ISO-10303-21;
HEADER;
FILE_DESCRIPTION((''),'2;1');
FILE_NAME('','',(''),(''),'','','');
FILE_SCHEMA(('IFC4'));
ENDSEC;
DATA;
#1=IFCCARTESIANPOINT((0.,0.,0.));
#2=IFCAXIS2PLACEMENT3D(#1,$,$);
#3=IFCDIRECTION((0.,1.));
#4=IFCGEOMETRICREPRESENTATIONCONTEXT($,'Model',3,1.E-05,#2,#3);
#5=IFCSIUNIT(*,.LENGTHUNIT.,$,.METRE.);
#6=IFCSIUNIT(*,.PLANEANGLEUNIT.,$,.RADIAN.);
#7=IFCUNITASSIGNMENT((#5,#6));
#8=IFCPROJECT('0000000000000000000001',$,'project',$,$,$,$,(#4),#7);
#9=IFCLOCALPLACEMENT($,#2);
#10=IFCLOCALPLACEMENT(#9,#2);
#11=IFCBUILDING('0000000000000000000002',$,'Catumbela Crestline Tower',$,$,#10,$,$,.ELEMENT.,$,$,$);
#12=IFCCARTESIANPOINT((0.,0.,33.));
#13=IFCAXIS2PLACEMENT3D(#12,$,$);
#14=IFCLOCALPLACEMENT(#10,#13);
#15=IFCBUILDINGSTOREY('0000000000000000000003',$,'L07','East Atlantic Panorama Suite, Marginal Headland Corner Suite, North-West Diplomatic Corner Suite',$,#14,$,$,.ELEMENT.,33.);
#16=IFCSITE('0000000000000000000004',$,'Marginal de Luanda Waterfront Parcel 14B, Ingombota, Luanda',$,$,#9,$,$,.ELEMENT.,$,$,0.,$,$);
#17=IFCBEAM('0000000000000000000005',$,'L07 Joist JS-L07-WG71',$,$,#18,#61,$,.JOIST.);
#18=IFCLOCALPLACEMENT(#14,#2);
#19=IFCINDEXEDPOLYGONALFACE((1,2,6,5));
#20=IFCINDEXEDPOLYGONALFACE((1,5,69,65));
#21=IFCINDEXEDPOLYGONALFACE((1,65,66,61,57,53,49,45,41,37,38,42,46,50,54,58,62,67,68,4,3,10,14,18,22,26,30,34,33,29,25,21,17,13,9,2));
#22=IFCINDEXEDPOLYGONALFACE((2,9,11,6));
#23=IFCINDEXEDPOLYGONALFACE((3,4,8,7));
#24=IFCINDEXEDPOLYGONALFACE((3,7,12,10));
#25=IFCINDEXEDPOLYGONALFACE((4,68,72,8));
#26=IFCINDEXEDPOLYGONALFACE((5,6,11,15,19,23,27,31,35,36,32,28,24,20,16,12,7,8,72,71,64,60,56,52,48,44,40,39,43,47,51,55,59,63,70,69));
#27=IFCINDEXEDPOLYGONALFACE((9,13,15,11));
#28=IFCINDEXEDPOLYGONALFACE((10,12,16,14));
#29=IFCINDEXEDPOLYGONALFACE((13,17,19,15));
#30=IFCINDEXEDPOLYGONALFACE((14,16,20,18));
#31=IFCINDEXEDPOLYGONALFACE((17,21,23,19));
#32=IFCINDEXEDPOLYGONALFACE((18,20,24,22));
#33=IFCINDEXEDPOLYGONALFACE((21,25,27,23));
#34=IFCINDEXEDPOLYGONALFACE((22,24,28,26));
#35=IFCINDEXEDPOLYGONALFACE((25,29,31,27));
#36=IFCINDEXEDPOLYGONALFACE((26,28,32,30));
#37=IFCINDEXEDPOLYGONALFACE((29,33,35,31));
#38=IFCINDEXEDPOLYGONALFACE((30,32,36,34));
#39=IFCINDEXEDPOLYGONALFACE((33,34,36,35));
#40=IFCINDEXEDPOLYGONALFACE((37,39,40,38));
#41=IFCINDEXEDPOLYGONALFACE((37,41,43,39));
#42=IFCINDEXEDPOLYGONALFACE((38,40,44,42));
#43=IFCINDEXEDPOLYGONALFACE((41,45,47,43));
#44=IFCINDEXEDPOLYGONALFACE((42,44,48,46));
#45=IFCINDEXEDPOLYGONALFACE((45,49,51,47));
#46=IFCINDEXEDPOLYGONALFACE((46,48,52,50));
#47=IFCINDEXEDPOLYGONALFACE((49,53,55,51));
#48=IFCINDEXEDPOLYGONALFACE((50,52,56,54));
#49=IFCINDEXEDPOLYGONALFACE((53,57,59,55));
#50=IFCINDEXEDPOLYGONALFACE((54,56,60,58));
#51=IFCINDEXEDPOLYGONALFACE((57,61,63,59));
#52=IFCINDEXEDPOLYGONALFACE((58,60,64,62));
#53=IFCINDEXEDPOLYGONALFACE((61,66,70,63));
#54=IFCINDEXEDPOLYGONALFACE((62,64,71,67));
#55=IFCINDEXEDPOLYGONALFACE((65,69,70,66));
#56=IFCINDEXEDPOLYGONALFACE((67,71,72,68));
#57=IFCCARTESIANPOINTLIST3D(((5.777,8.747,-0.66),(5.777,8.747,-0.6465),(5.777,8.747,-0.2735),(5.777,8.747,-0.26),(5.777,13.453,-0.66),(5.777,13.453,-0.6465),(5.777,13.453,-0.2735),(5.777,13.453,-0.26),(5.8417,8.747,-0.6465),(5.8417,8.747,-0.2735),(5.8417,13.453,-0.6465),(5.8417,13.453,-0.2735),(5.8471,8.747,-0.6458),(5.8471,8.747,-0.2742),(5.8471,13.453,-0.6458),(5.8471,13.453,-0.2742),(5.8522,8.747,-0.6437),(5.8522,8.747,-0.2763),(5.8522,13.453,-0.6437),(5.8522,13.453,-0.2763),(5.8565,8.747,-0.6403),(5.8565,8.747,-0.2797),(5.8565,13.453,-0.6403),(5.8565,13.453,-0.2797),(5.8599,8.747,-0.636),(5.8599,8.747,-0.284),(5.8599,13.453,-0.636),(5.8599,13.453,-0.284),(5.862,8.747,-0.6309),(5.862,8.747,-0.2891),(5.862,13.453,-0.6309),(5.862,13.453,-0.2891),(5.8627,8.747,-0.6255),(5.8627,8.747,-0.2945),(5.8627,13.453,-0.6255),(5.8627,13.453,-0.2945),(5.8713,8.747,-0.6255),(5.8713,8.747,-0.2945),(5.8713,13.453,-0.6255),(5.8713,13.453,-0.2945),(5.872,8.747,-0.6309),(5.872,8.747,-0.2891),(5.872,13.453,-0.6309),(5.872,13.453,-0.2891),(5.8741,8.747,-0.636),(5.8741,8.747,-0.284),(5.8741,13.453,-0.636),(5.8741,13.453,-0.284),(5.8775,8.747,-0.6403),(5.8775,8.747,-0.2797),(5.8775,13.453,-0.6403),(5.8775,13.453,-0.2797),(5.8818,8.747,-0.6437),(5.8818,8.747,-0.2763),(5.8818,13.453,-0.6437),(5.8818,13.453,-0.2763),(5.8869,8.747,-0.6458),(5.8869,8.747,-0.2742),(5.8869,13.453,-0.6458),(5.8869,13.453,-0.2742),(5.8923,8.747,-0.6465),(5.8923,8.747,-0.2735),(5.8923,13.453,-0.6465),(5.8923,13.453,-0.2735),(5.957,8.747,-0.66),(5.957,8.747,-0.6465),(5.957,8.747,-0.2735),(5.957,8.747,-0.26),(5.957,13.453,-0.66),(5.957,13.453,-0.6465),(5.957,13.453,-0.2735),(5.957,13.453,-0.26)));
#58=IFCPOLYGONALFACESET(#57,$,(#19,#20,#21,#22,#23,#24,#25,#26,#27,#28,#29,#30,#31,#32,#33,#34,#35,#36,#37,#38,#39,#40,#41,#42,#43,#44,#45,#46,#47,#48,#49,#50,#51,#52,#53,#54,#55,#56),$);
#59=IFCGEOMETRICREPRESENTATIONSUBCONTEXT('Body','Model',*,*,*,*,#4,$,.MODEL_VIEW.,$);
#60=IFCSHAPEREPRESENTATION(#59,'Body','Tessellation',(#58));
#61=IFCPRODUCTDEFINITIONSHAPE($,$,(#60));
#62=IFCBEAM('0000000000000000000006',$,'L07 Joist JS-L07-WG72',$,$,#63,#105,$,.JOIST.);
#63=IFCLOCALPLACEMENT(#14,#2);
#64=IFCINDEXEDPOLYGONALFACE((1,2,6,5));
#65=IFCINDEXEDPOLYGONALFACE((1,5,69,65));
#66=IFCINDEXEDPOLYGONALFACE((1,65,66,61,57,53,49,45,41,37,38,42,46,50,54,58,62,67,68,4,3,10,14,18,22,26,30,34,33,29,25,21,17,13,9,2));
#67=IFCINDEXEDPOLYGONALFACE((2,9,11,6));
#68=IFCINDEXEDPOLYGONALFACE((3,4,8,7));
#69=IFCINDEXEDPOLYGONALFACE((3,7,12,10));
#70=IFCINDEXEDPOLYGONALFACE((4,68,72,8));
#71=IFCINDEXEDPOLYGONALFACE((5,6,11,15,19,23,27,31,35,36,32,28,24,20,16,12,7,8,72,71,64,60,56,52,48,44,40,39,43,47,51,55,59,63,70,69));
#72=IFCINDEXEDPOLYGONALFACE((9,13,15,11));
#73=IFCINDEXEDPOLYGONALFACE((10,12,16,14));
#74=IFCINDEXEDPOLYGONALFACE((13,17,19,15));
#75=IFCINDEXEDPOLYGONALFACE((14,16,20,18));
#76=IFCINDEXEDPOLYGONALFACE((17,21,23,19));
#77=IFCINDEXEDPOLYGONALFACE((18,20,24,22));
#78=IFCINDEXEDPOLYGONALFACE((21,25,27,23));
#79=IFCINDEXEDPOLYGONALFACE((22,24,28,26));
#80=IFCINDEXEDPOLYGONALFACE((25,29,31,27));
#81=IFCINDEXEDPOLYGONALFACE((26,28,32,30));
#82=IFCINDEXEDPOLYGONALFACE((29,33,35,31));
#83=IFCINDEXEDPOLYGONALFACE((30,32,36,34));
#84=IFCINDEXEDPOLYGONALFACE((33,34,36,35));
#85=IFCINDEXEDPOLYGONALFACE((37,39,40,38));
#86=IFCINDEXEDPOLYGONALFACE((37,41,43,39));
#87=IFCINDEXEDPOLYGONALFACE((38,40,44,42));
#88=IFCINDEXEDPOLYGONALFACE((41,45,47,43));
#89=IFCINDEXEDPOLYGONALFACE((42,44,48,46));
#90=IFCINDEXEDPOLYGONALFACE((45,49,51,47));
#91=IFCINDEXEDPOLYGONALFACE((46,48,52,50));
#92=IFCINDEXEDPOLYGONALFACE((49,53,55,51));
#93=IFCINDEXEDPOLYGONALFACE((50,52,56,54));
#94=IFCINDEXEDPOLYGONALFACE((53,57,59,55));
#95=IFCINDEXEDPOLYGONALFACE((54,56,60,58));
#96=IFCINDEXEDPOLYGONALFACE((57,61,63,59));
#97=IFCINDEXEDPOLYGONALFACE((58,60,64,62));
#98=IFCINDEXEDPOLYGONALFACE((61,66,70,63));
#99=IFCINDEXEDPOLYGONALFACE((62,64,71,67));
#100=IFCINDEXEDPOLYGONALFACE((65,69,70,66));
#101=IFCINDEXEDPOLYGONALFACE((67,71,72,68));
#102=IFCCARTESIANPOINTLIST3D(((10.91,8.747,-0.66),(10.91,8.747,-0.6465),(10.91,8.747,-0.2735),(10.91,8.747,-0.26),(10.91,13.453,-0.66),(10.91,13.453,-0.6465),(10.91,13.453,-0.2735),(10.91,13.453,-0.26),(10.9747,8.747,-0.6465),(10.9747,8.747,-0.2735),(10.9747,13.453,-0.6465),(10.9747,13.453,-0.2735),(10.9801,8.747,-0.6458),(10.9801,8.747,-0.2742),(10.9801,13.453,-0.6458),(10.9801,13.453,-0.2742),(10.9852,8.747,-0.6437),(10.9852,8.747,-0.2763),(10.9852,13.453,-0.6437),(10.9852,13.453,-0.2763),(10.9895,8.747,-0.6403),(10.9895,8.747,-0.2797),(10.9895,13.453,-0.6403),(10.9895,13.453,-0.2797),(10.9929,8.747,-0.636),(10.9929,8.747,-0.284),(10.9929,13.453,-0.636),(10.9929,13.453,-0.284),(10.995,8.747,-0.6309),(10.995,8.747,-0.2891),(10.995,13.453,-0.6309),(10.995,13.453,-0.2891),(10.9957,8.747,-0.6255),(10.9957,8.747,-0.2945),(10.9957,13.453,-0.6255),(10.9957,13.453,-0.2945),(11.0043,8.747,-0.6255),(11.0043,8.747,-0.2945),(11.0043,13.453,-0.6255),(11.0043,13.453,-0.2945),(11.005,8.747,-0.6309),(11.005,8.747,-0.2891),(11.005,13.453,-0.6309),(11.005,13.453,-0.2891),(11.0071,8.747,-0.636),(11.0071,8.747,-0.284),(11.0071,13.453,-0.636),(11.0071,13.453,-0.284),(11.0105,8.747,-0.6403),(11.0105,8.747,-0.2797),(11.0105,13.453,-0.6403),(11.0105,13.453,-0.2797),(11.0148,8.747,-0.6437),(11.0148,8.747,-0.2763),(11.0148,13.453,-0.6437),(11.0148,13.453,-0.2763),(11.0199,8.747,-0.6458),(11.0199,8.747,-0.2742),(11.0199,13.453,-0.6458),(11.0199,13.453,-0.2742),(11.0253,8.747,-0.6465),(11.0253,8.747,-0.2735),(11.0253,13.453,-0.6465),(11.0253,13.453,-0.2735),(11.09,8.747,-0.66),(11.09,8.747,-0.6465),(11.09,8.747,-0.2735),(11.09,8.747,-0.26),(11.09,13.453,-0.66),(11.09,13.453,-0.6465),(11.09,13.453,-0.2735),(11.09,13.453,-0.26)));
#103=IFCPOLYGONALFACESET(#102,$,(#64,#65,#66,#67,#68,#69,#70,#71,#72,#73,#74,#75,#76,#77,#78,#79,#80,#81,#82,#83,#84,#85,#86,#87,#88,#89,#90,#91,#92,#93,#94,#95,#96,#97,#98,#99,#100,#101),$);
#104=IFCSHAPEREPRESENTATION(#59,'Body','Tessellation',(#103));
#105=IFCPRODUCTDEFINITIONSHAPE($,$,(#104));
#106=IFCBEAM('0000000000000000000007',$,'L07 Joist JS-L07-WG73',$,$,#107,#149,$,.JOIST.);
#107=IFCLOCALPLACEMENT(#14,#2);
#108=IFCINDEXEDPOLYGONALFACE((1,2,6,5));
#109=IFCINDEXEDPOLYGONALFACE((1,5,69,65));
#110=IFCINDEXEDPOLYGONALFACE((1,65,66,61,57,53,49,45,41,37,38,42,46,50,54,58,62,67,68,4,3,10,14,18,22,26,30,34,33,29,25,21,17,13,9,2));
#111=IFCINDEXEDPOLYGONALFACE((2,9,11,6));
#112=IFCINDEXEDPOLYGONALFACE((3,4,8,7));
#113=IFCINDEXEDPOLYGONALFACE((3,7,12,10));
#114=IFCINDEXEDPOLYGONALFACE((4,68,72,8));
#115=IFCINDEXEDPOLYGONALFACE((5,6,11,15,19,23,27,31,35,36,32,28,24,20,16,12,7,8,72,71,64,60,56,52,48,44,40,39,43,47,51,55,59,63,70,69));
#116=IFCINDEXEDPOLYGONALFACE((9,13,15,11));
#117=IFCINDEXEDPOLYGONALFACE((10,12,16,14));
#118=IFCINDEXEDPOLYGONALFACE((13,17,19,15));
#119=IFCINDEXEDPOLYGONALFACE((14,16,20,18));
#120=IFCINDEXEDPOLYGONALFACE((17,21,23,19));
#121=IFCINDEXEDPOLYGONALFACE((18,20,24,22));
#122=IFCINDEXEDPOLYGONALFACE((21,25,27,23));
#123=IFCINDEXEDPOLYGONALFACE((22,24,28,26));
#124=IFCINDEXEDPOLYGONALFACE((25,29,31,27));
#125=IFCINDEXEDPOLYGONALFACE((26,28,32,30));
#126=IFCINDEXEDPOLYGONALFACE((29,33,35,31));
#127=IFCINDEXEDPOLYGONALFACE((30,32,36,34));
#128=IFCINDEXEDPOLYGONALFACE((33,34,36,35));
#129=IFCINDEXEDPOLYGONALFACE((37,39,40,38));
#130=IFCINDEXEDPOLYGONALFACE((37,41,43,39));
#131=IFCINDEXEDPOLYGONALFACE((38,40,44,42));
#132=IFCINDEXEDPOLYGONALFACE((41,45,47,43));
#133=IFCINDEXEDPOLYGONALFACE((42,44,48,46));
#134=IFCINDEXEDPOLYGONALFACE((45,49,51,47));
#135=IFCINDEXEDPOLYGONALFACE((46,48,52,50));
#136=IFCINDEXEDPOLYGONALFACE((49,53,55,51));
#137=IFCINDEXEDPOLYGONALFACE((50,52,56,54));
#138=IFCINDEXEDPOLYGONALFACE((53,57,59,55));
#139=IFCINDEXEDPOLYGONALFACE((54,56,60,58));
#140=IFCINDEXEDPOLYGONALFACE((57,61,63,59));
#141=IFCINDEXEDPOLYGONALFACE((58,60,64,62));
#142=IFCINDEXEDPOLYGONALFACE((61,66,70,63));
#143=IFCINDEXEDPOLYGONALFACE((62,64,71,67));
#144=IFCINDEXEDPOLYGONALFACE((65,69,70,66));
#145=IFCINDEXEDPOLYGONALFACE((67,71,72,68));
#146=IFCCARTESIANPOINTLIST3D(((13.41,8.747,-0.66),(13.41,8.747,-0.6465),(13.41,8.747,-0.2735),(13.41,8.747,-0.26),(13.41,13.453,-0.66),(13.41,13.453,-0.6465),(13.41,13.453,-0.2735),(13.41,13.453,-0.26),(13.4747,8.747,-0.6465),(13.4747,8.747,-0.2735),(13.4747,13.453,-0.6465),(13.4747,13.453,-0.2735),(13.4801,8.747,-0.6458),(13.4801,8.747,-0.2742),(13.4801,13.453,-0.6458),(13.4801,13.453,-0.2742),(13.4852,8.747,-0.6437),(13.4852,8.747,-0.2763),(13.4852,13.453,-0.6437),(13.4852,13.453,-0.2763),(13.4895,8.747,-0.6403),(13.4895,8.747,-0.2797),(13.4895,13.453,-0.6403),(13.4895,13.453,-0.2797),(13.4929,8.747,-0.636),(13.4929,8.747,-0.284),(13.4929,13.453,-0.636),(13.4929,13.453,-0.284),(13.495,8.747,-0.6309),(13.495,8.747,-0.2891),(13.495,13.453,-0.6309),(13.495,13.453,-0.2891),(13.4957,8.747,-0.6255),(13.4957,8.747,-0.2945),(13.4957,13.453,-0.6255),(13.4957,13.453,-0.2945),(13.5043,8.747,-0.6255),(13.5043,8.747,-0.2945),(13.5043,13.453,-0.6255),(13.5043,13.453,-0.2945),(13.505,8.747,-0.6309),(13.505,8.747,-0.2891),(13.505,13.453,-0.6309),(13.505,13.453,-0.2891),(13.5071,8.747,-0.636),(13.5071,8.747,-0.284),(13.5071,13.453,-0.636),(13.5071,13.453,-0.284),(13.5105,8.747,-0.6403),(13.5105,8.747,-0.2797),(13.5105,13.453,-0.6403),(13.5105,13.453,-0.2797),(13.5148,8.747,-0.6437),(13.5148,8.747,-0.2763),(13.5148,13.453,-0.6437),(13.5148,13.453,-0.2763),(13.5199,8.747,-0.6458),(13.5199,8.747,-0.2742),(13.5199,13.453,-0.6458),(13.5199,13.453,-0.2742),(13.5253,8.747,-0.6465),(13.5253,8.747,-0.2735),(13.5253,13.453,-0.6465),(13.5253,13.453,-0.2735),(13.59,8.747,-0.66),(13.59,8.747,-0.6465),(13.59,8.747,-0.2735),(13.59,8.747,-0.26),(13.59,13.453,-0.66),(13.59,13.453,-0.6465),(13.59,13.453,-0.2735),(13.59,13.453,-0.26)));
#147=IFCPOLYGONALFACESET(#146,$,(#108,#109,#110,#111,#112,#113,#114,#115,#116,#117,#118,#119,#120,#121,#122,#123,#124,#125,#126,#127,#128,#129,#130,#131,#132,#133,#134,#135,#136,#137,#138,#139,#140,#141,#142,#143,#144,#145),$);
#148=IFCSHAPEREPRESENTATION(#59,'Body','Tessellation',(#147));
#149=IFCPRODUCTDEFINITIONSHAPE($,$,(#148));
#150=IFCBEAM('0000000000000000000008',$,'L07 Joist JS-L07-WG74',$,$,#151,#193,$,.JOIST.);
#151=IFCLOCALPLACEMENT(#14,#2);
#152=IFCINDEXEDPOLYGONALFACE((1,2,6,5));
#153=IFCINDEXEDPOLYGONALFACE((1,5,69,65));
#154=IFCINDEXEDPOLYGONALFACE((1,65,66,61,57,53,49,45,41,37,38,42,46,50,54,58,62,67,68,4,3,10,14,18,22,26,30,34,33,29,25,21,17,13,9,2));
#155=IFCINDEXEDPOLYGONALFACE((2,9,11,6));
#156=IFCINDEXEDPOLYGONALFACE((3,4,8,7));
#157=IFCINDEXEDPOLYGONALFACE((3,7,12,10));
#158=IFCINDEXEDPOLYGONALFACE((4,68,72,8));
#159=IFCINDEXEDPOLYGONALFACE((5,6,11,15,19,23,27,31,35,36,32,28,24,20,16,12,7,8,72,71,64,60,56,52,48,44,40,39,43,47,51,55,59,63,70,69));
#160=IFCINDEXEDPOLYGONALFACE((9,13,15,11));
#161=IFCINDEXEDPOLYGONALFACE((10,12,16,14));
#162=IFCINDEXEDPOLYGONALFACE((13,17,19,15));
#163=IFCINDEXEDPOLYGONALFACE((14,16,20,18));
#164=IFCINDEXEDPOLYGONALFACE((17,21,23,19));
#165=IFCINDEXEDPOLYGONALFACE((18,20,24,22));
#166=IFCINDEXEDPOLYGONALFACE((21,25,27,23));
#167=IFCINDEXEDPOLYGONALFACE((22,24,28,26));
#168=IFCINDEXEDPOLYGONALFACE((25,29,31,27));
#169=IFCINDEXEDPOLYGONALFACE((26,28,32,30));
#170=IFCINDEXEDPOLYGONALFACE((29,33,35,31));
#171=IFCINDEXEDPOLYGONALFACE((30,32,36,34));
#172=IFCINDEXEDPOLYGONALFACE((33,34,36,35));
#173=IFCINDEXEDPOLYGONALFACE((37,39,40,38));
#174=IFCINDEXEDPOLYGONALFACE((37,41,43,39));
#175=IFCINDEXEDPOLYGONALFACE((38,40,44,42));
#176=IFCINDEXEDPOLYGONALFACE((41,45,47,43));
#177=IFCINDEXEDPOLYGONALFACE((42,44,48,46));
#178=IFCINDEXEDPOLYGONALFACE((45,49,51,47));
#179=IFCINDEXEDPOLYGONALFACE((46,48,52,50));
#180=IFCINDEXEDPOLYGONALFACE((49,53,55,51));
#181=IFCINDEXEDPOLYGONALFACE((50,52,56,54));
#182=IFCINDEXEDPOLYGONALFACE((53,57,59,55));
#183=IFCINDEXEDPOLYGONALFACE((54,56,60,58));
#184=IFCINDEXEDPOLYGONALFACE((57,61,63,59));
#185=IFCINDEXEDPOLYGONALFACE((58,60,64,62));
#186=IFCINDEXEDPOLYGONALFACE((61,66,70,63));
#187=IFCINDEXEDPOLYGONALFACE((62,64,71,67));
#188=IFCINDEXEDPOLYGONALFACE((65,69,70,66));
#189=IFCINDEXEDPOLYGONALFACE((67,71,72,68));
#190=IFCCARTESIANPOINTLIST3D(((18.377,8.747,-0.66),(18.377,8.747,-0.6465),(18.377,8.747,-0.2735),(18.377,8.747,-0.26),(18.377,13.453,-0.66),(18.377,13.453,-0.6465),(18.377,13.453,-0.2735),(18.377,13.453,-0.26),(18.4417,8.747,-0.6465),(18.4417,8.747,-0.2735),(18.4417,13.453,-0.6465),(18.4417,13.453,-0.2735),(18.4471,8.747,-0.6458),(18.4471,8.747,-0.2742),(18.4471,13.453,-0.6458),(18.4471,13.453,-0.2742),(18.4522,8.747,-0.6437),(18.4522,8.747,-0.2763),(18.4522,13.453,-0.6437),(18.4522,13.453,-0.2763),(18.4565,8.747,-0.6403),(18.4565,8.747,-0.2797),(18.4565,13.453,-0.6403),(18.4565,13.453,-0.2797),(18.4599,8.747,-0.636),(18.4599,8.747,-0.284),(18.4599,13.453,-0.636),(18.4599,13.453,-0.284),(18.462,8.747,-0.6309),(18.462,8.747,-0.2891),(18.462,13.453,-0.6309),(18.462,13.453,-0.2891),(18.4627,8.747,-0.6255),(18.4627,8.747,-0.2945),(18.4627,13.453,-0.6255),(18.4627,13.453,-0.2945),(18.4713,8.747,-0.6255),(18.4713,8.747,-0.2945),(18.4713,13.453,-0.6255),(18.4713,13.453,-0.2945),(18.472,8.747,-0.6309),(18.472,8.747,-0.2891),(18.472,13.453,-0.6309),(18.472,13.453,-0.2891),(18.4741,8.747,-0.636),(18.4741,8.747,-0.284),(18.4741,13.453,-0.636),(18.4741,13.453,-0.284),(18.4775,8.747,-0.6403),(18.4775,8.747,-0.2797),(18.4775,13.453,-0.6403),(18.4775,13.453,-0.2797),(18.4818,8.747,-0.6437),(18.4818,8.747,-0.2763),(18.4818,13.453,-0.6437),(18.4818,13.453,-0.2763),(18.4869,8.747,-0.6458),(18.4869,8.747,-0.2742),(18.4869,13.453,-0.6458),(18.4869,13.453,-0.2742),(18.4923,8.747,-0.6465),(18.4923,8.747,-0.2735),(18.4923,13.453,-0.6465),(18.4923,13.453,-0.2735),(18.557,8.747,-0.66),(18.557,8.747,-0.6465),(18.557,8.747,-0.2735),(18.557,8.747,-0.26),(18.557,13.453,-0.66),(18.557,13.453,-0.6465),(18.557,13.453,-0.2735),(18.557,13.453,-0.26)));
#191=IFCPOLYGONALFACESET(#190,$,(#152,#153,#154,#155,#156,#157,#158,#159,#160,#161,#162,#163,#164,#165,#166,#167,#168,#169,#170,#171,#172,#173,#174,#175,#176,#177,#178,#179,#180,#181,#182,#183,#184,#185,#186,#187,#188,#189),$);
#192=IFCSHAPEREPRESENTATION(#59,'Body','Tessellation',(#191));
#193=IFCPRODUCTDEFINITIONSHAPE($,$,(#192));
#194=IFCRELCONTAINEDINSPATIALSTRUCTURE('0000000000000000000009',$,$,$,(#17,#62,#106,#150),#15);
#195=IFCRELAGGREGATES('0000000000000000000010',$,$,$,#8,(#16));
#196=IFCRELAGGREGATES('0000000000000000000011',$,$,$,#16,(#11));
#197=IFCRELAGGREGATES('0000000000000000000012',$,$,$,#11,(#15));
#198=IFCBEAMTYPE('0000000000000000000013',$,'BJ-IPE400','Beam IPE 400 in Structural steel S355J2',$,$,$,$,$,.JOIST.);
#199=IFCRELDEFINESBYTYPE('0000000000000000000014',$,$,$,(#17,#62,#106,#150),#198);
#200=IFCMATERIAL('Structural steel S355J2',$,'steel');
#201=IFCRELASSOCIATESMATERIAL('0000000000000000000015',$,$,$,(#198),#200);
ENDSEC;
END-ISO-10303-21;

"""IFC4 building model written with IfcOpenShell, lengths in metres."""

from ifc_helpers import new_model, si_unit, direction, frame, origin, origin_2d, place, context, subcontext, project, spatial, i_section, extrude, material, material_profile, profile_set, type_object, element, save


model = new_model("IFC4")

# Units and contexts
model_context = context("Model", 3, precision=1e-05, world=origin(), true_north=direction((0.0, 1.0)))
body_context = subcontext(model_context, "Body", "Model", "MODEL_VIEW")
ifc_project = project(units=[si_unit("LENGTHUNIT", "METRE"), si_unit("PLANEANGLEUNIT", "RADIAN")], contexts=[model_context])

# Site, building, storey
site_placement = place(None, origin())
site = spatial("IfcSite", under=ifc_project, at=site_placement, Name="Marginal de Luanda Waterfront Parcel 14B, Ingombota, Luanda", CompositionType="ELEMENT", RefElevation=0.0)
building_placement = place(site_placement, origin())
building = spatial("IfcBuilding", under=site, at=building_placement, Name="Catumbela Crestline Tower", CompositionType="ELEMENT")
storey_placement = place(building_placement, frame((0.0, 0.0, 33.0)))
storey = spatial("IfcBuildingStorey", under=building, at=storey_placement, Name="L07", Description="East Atlantic Panorama Suite, Marginal Headland Corner Suite, North-West Diplomatic Corner Suite", CompositionType="ELEMENT", Elevation=33.0)

# Beams
ifc_material_1 = material(Name="Structural steel S355J2", Category="steel")
ifc_material_profile_1 = material_profile(ifc_material_1, i_section(OverallWidth=0.18, OverallDepth=0.4, WebThickness=0.0086, FlangeThickness=0.0135, FilletRadius=0.021, at=origin_2d()), Name="IPE 400")
ifc_profile_set_1 = profile_set([ifc_material_profile_1], Name="Structural steel S355J2")
beam_type_1 = type_object("IfcBeamType", Name="BJ-IPE400", Description="Beam IPE 400 in Structural steel S355J2", PredefinedType="JOIST", material=ifc_profile_set_1)
for number, where, z_axis, x_axis, name in (
    (1, (5.867, 8.747, -0.46), (0.0, 1.0, 0.0), (-1.0, 0.0, 0.0), "L07 Joist JS-L07-WG71"),
    (2, (11.0, 8.747, -0.46), (0.0, 1.0, 0.0), (-1.0, 0.0, 0.0), "L07 Joist JS-L07-WG72"),
    (3, (13.5, 8.747, -0.46), (0.0, 1.0, 0.0), (-1.0, 0.0, 0.0), "L07 Joist JS-L07-WG73"),
    (4, (18.467, 8.747, -0.46), (0.0, 1.0, 0.0), (-1.0, 0.0, 0.0), "L07 Joist JS-L07-WG74"),
):
    element("IfcBeam", number, at=place(storey_placement, frame(where, z_axis=z_axis, x_axis=x_axis)), inside=storey, type_object=beam_type_1, Name=name, PredefinedType="JOIST", context=body_context, shape_type="SweptSolid", body=[
        extrude(i_section(OverallWidth=0.18, OverallDepth=0.4, WebThickness=0.0086, FlangeThickness=0.0135, FilletRadius=0.021, at=origin_2d()), origin(), (0.0, 0.0, 1.0), 4.706),
    ])

save(model, "model.ifc")
